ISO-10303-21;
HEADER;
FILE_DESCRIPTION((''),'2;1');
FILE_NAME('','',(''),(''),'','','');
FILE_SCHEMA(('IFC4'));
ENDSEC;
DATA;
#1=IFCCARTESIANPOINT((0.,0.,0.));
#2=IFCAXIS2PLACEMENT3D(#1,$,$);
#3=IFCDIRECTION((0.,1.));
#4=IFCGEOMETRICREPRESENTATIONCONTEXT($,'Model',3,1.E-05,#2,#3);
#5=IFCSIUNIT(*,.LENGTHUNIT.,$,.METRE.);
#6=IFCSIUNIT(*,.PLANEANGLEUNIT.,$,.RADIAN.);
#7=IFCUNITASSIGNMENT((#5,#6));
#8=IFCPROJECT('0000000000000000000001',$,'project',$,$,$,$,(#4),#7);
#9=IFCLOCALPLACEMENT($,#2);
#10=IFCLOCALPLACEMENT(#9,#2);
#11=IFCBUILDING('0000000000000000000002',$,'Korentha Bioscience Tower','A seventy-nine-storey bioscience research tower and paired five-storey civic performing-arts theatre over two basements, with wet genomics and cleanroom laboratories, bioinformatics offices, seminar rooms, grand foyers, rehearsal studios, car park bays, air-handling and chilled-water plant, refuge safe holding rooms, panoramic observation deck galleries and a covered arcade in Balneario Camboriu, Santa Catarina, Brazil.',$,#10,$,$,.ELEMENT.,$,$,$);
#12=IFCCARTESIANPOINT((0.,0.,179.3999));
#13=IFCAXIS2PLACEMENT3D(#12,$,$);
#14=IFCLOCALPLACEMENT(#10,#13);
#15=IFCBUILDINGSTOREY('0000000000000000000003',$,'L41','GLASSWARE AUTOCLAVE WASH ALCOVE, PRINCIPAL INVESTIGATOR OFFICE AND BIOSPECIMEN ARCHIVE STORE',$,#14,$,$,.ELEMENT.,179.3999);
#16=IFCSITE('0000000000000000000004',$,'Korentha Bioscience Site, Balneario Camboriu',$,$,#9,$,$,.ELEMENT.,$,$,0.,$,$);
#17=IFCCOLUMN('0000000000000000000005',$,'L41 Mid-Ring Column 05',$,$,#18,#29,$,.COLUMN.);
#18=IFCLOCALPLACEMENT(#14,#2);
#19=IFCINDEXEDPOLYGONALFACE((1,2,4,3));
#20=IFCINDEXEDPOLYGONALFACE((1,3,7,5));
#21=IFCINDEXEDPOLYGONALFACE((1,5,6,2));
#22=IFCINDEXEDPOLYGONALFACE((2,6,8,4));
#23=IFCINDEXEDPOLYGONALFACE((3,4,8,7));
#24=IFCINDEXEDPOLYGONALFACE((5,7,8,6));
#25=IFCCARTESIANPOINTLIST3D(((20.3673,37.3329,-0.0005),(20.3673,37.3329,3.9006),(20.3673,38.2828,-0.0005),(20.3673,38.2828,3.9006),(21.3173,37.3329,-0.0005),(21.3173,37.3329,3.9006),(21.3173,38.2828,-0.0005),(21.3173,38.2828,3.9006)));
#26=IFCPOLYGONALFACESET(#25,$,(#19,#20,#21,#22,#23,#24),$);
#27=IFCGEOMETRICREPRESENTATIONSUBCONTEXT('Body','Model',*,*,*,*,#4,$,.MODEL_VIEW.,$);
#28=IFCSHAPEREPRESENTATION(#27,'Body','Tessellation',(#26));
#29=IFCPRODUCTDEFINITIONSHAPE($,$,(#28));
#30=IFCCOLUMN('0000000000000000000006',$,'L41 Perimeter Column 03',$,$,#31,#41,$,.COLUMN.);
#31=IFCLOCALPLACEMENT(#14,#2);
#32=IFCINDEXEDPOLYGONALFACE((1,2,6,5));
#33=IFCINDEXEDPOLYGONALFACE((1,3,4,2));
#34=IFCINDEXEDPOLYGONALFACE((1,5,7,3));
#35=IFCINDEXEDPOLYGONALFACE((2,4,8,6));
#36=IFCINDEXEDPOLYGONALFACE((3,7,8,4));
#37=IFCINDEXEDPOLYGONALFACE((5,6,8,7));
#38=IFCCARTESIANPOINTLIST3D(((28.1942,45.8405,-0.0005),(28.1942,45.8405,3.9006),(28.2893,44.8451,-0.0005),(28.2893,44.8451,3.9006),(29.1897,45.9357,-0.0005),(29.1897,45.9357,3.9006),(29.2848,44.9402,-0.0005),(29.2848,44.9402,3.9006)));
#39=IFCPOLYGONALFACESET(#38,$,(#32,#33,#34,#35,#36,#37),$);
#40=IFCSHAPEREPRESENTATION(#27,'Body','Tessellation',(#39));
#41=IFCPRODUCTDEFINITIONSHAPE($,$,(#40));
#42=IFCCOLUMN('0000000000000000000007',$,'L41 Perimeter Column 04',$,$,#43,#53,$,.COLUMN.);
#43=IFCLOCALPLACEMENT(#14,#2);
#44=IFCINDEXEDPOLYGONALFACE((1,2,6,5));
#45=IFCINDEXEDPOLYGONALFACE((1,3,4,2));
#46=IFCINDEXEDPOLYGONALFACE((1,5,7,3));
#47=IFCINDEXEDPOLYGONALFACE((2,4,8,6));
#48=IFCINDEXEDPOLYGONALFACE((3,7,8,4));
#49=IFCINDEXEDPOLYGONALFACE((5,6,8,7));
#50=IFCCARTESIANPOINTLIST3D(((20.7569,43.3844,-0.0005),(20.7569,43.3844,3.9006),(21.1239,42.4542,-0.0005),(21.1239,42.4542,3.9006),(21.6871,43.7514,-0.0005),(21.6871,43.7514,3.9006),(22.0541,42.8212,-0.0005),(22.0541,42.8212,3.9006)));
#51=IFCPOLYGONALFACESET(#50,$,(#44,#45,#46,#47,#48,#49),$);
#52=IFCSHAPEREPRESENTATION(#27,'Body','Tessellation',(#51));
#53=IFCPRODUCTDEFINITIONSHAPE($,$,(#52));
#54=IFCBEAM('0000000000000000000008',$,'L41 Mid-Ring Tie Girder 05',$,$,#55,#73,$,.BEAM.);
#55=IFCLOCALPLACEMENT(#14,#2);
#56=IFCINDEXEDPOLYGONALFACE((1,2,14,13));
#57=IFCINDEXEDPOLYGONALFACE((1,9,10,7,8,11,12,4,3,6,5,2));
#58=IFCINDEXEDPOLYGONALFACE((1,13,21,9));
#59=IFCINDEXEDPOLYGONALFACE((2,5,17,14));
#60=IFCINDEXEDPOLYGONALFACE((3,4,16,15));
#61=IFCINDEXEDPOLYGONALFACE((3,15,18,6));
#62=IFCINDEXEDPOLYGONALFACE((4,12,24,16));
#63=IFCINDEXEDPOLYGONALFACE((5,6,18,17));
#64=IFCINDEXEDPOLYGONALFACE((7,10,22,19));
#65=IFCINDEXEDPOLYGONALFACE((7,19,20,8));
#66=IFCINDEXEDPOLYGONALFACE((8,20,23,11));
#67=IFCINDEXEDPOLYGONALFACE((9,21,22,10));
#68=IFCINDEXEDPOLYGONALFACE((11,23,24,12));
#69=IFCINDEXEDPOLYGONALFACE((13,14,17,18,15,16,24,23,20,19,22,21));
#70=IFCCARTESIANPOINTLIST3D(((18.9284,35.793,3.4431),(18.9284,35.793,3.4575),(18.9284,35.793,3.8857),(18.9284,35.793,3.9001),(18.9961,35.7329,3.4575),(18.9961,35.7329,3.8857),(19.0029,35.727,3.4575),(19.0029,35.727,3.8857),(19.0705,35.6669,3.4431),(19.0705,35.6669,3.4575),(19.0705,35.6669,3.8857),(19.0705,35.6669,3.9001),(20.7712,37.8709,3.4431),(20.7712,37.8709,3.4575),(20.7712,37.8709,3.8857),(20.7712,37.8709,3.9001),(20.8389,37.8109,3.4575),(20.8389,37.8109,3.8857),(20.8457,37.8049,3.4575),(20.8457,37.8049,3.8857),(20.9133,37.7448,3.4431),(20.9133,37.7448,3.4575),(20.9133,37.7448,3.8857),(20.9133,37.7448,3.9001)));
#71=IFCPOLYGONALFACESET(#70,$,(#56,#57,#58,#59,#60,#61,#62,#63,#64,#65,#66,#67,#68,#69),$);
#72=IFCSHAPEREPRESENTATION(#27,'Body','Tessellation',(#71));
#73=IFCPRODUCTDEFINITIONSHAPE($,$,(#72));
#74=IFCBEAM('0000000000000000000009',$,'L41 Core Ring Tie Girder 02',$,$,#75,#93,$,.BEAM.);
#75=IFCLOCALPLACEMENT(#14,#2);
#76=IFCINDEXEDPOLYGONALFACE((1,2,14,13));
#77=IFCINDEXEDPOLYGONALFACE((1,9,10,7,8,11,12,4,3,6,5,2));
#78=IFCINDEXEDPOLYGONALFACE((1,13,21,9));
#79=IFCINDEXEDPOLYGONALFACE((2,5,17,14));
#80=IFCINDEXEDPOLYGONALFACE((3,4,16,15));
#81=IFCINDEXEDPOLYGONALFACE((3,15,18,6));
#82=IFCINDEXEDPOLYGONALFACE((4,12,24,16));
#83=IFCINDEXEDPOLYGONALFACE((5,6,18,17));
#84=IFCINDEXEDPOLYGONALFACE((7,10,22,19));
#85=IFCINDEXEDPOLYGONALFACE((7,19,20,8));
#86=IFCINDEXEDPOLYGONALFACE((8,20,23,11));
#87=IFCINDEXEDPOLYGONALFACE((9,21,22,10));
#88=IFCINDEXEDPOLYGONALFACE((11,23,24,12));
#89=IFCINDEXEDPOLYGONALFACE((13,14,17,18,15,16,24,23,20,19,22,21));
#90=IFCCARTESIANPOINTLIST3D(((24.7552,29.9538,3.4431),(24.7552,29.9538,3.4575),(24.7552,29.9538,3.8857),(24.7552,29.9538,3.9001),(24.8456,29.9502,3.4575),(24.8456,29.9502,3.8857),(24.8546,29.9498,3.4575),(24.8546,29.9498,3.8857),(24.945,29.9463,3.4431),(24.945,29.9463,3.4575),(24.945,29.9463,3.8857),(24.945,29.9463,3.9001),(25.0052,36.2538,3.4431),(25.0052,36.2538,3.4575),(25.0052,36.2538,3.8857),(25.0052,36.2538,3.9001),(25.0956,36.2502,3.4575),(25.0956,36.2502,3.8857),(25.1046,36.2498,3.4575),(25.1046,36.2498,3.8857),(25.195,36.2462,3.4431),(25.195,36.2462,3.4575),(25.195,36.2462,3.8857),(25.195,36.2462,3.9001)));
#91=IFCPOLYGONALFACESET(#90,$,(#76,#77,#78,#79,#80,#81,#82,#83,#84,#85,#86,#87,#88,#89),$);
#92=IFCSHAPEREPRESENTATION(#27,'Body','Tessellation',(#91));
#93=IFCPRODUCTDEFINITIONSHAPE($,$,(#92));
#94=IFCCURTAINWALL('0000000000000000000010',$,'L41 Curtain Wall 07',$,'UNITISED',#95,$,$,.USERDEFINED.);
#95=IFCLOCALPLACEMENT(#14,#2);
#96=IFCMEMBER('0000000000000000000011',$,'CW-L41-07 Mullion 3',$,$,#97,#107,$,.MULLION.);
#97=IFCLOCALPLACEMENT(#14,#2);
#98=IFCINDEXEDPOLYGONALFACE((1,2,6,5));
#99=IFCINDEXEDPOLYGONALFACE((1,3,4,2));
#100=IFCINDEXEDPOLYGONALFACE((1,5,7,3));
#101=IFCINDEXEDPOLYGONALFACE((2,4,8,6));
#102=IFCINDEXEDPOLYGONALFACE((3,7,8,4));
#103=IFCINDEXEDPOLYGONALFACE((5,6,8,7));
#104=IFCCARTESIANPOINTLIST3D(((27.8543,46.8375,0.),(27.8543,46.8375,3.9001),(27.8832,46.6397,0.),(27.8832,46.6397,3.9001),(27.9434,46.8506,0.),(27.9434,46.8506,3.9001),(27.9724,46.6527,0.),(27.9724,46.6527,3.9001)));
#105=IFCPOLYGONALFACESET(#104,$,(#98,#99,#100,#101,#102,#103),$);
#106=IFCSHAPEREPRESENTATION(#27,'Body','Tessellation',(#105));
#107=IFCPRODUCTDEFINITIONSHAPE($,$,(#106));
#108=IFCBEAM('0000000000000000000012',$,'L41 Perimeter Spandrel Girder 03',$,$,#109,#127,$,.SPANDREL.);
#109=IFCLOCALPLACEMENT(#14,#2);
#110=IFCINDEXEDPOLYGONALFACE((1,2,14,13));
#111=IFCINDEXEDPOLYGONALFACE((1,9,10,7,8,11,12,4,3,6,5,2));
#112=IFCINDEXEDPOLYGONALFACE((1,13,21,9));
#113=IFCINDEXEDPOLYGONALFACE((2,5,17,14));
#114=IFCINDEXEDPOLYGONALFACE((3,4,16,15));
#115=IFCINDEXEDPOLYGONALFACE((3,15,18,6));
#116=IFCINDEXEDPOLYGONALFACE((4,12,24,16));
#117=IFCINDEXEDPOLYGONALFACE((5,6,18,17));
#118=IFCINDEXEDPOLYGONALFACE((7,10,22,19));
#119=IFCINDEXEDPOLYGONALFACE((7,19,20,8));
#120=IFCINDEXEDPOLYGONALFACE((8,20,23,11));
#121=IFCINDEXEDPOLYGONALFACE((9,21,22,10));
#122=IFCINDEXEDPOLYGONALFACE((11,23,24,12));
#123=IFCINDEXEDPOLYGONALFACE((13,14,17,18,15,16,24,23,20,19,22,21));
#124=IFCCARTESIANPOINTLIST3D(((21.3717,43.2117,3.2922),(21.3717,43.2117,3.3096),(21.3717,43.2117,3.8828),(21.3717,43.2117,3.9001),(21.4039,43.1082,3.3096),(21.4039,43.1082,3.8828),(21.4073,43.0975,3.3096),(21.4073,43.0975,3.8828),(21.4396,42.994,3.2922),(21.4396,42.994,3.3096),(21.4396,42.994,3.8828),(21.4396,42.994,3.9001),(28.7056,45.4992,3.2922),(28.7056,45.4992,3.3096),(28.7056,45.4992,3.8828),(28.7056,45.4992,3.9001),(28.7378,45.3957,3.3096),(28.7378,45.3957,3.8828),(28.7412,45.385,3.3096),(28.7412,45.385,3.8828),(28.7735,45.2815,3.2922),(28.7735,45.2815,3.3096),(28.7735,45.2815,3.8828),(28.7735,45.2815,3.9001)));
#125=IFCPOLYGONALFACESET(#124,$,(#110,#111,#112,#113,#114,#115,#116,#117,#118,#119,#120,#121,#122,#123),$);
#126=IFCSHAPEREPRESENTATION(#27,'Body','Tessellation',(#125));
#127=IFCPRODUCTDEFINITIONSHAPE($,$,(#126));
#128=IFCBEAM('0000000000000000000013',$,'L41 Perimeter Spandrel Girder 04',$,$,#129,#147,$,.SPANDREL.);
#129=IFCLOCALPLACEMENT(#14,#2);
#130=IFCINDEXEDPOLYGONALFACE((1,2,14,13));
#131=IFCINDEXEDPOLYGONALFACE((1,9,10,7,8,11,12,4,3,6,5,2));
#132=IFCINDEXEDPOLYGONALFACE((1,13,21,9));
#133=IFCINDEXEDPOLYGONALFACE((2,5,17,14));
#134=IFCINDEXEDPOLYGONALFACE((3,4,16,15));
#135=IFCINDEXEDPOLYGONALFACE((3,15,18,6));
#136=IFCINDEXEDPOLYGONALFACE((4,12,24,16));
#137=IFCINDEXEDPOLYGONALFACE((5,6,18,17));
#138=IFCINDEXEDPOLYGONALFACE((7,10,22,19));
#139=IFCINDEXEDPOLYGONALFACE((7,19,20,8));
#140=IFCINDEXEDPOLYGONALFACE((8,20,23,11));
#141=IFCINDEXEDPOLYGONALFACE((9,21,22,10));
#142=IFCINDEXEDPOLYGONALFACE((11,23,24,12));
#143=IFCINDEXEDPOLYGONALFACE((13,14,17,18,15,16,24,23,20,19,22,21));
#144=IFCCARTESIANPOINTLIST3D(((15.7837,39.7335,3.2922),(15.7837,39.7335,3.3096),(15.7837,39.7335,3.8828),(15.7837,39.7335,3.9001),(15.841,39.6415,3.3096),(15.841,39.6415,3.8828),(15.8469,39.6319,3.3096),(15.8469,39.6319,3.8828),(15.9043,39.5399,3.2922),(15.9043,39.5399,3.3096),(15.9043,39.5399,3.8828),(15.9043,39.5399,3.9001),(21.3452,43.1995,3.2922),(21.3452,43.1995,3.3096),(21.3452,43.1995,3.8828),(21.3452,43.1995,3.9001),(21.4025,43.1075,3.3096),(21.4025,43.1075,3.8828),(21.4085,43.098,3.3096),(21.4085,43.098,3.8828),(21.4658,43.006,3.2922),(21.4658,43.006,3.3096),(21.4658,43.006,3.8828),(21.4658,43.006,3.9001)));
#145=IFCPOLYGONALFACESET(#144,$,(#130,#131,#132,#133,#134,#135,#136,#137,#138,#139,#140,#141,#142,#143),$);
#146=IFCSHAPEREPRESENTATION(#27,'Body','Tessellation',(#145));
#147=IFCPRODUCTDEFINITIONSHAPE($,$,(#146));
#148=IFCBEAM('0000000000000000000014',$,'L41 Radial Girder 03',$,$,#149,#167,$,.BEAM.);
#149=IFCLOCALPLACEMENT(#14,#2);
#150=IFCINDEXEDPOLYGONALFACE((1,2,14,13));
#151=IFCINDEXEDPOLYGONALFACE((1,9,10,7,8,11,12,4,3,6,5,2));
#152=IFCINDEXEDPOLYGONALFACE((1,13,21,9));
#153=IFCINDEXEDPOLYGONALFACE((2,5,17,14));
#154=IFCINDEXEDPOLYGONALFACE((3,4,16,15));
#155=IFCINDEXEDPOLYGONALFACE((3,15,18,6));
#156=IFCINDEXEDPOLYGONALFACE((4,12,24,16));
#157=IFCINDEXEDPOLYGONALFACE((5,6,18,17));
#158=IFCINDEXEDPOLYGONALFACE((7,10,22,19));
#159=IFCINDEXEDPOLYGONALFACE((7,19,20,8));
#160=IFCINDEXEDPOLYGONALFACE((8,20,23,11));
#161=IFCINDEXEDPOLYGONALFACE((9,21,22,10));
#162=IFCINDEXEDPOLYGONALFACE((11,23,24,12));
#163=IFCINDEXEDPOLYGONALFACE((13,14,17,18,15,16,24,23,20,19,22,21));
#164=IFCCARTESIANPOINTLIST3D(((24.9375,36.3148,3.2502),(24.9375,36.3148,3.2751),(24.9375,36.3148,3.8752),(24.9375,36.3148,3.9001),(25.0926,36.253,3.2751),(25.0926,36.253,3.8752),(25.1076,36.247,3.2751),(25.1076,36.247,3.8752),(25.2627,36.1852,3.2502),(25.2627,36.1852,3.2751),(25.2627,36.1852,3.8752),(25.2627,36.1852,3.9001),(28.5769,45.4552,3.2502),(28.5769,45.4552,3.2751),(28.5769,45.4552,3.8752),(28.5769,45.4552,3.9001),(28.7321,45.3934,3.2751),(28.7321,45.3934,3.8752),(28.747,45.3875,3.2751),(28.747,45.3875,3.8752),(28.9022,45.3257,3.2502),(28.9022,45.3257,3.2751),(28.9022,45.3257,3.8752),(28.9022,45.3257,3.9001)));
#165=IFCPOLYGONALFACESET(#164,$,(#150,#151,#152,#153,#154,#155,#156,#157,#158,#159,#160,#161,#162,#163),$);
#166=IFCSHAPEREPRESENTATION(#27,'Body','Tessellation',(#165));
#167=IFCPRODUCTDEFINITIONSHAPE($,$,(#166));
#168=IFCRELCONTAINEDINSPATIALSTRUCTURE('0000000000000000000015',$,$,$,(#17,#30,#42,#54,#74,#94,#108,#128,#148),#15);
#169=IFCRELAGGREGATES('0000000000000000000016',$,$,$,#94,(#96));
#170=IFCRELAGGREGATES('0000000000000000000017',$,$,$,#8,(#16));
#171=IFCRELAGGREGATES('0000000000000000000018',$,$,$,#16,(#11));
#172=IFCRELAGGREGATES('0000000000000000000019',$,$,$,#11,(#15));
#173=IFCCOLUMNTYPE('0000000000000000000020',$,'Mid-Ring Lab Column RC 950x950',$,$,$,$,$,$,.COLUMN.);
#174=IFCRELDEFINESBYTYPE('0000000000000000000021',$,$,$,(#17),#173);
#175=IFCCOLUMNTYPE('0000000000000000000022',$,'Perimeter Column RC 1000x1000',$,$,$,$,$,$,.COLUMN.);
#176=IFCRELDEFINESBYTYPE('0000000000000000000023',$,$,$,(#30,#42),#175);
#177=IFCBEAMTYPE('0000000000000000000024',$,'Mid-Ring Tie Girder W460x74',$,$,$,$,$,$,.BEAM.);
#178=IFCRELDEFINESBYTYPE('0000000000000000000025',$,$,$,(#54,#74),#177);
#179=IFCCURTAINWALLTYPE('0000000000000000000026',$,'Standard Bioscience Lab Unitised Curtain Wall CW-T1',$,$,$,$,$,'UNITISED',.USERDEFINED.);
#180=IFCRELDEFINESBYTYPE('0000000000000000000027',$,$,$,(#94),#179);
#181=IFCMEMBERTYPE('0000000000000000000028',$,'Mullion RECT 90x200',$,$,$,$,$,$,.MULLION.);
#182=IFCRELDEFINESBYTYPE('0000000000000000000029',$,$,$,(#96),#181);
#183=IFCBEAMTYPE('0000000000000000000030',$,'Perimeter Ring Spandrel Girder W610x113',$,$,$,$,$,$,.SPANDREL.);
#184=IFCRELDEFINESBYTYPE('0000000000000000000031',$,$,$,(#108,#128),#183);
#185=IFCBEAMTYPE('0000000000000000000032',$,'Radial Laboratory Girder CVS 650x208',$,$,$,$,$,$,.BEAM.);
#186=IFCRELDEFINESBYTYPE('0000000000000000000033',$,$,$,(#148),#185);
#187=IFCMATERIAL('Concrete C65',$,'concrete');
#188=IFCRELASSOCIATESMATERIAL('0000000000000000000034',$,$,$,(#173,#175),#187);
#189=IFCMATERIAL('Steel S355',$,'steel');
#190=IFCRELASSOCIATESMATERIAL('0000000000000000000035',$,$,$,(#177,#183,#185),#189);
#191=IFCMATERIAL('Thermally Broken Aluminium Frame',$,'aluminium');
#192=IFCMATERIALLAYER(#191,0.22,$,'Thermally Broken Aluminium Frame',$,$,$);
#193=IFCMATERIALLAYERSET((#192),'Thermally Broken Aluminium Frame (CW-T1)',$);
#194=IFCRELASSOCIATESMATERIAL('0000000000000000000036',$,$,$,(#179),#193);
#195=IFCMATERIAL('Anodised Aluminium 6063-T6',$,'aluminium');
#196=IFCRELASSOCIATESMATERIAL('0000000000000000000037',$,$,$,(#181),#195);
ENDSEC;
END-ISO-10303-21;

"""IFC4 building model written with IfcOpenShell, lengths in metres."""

from ifc_helpers import new_model, si_unit, direction, frame, origin, origin_2d, place, context, subcontext, project, spatial, rectangle, i_section, extrude, material, layer, layer_set, material_profile, profile_set, type_object, element, aggregate, save


model = new_model("IFC4")

# Units and contexts
model_context = context("Model", 3, precision=1e-05, world=origin(), true_north=direction((0.0, 1.0)))
body_context = subcontext(model_context, "Body", "Model", "MODEL_VIEW")
ifc_project = project(units=[si_unit("LENGTHUNIT", "METRE"), si_unit("PLANEANGLEUNIT", "RADIAN")], contexts=[model_context])

# Site, building, storey
site_placement = place(None, origin())
site = spatial("IfcSite", under=ifc_project, at=site_placement, Name="Korentha Bioscience Site, Balneario Camboriu", CompositionType="ELEMENT", RefElevation=0.0)
building_placement = place(site_placement, origin())
building = spatial("IfcBuilding", under=site, at=building_placement, Name="Korentha Bioscience Tower", Description="A seventy-nine-storey bioscience research tower and paired five-storey civic performing-arts theatre over two basements, with wet genomics and cleanroom laboratories, bioinformatics offices, seminar rooms, grand foyers, rehearsal studios, car park bays, air-handling and chilled-water plant, refuge safe holding rooms, panoramic observation deck galleries and a covered arcade in Balneario Camboriu, Santa Catarina, Brazil.", CompositionType="ELEMENT")
storey_placement = place(building_placement, frame((0.0, 0.0, 179.3999)))
storey = spatial("IfcBuildingStorey", under=building, at=storey_placement, Name="L41", Description="GLASSWARE AUTOCLAVE WASH ALCOVE, PRINCIPAL INVESTIGATOR OFFICE AND BIOSPECIMEN ARCHIVE STORE", CompositionType="ELEMENT", Elevation=179.3999)

# Columns
ifc_material_1 = material(Name="Concrete C65", Category="concrete")
ifc_material_profile_1 = material_profile(ifc_material_1, rectangle(XDim=0.95, YDim=0.95, at=origin_2d()), Name="Concrete C65")
ifc_profile_set_1 = profile_set([ifc_material_profile_1], Name="Concrete C65 (COL-MR09)")
column_type_1 = type_object("IfcColumnType", Name="Mid-Ring Lab Column RC 950x950", PredefinedType="COLUMN", material=ifc_profile_set_1)
column_placement = place(storey_placement, frame((20.8423, 37.8079, -0.0005), z_axis=(0.0, 0.0, 1.0), x_axis=(1.0, 0.0, 0.0)))
element("IfcColumn", 1, at=column_placement, inside=storey, type_object=column_type_1, Name="L41 Mid-Ring Column 05", PredefinedType="COLUMN", context=body_context, shape_type="SweptSolid", body=[
    extrude(rectangle(XDim=0.95, YDim=0.95, at=origin_2d()), origin(), (0.0, 0.0, 1.0), 3.9011),
])
ifc_material_profile_2 = material_profile(ifc_material_1, rectangle(XDim=1.0, YDim=1.0, at=origin_2d()), Name="Concrete C65")
ifc_profile_set_2 = profile_set([ifc_material_profile_2], Name="Concrete C65 (COL-P10)")
column_type_2 = type_object("IfcColumnType", Name="Perimeter Column RC 1000x1000", PredefinedType="COLUMN", material=ifc_profile_set_2)
for number, where, z_axis, x_axis, name in (
    (2, (28.7395, 45.3904, -0.0005), (0.0, 0.0, 1.0), (0.995463, 0.095151, 0.0), "L41 Perimeter Column 03"),
    (3, (21.4055, 43.1028, -0.0005), (0.0, 0.0, 1.0), (0.930226, 0.366988, 0.0), "L41 Perimeter Column 04"),
):
    element("IfcColumn", number, at=place(storey_placement, frame(where, z_axis=z_axis, x_axis=x_axis)), inside=storey, type_object=column_type_2, Name=name, PredefinedType="COLUMN", context=body_context, shape_type="SweptSolid", body=[
        extrude(rectangle(XDim=1.0, YDim=1.0, at=origin_2d()), origin(), (0.0, 0.0, 1.0), 3.9011),
    ])

# Beams
ifc_material_2 = material(Name="Steel S355", Category="steel")
ifc_material_profile_3 = material_profile(ifc_material_2, i_section(OverallWidth=0.1899, OverallDepth=0.457, WebThickness=0.009, FlangeThickness=0.0144, at=origin_2d()), Name="Steel S355")
ifc_profile_set_3 = profile_set([ifc_material_profile_3], Name="Steel S355 (MB-460)")
beam_type_1 = type_object("IfcBeamType", Name="Mid-Ring Tie Girder W460x74", PredefinedType="BEAM", material=ifc_profile_set_3)
beam_1_placement = place(storey_placement, frame((20.8423, 37.8079, 3.6716), z_axis=(-0.663512, -0.748165, 0.0), x_axis=(0.748165, -0.663512, 0.0)))
element("IfcBeam", 4, at=beam_1_placement, inside=storey, type_object=beam_type_1, Name="L41 Mid-Ring Tie Girder 05", PredefinedType="BEAM", context=body_context, shape_type="SweptSolid", body=[
    extrude(i_section(OverallWidth=0.1899, OverallDepth=0.457, WebThickness=0.009, FlangeThickness=0.0144, at=origin_2d()), origin(), (0.0, 0.0, 1.0), 2.7773),
])
beam_2_placement = place(storey_placement, frame((25.1001, 36.25, 3.6716), z_axis=(-0.039651, -0.999214, 0.0), x_axis=(0.999214, -0.039651, 0.0)))
element("IfcBeam", 5, at=beam_2_placement, inside=storey, type_object=beam_type_1, Name="L41 Core Ring Tie Girder 02", PredefinedType="BEAM", context=body_context, shape_type="SweptSolid", body=[
    extrude(i_section(OverallWidth=0.1899, OverallDepth=0.457, WebThickness=0.009, FlangeThickness=0.0144, at=origin_2d()), origin(), (0.0, 0.0, 1.0), 6.3049),
])

# Curtain wall, member
ifc_material_3 = material(Name="Thermally Broken Aluminium Frame", Category="aluminium")
ifc_layer_1 = layer(ifc_material_3, 0.22, Name="Thermally Broken Aluminium Frame")
ifc_layer_set_1 = layer_set([ifc_layer_1], Name="Thermally Broken Aluminium Frame (CW-T1)")
curtain_wall_type = type_object("IfcCurtainWallType", Name="Standard Bioscience Lab Unitised Curtain Wall CW-T1", ElementType="UNITISED", PredefinedType="USERDEFINED", material=ifc_layer_set_1)
curtain_wall_placement = place(storey_placement, origin())
curtain_wall = element("IfcCurtainWall", 6, at=curtain_wall_placement, inside=storey, type_object=curtain_wall_type, Name="L41 Curtain Wall 07", ObjectType="UNITISED", PredefinedType="USERDEFINED")
ifc_material_4 = material(Name="Anodised Aluminium 6063-T6", Category="aluminium")
ifc_material_profile_4 = material_profile(ifc_material_4, rectangle(XDim=0.0901, YDim=0.2, at=origin_2d()), Name="Anodised Aluminium 6063-T6")
ifc_profile_set_4 = profile_set([ifc_material_profile_4], Name="Anodised Aluminium 6063-T6 (CW-MUL)")
member_type = type_object("IfcMemberType", Name="Mullion RECT 90x200", PredefinedType="MULLION", material=ifc_profile_set_4)
member_placement = place(storey_placement, frame((27.9133, 46.7451, 0.0), z_axis=(0.0, 0.0, 1.0), x_axis=(-0.989462, -0.144793, 0.0)))
member = element("IfcMember", 7, at=member_placement, type_object=member_type, Name="CW-L41-07 Mullion 3", PredefinedType="MULLION", context=body_context, shape_type="SweptSolid", body=[
    extrude(rectangle(XDim=0.0901, YDim=0.2, at=origin_2d()), origin(), (0.0, 0.0, 1.0), 3.9001),
])

# Beams
ifc_material_profile_5 = material_profile(ifc_material_2, i_section(OverallWidth=0.228, OverallDepth=0.6079, WebThickness=0.0112, FlangeThickness=0.0173, at=origin_2d()), Name="Steel S355")
ifc_profile_set_5 = profile_set([ifc_material_profile_5], Name="Steel S355 (SB-610)")
beam_type_2 = type_object("IfcBeamType", Name="Perimeter Ring Spandrel Girder W610x113", PredefinedType="SPANDREL", material=ifc_profile_set_5)
beam_3_placement = place(storey_placement, frame((28.7395, 45.3904, 3.5962), z_axis=(-0.954638, -0.297768, 0.0), x_axis=(0.297768, -0.954638, 0.0)))
element("IfcBeam", 8, at=beam_3_placement, inside=storey, type_object=beam_type_2, Name="L41 Perimeter Spandrel Girder 03", PredefinedType="SPANDREL", context=body_context, shape_type="SweptSolid", body=[
    extrude(i_section(OverallWidth=0.228, OverallDepth=0.6079, WebThickness=0.0112, FlangeThickness=0.0173, at=origin_2d()), origin(), (0.0, 0.0, 1.0), 7.6824),
])
beam_4_placement = place(storey_placement, frame((21.4055, 43.1028, 3.5962), z_axis=(-0.848676, -0.528913, 0.0), x_axis=(0.528913, -0.848676, 0.0)))
element("IfcBeam", 9, at=beam_4_placement, inside=storey, type_object=beam_type_2, Name="L41 Perimeter Spandrel Girder 04", PredefinedType="SPANDREL", context=body_context, shape_type="SweptSolid", body=[
    extrude(i_section(OverallWidth=0.228, OverallDepth=0.6079, WebThickness=0.0112, FlangeThickness=0.0173, at=origin_2d()), origin(), (0.0, 0.0, 1.0), 6.5532),
])
ifc_material_profile_6 = material_profile(ifc_material_2, i_section(OverallWidth=0.3501, OverallDepth=0.6499, WebThickness=0.0161, FlangeThickness=0.0249, at=origin_2d()), Name="Steel S355")
ifc_profile_set_6 = profile_set([ifc_material_profile_6], Name="Steel S355 (RB-650)")
beam_type_3 = type_object("IfcBeamType", Name="Radial Laboratory Girder CVS 650x208", PredefinedType="BEAM", material=ifc_profile_set_6)
beam_5_placement = place(storey_placement, frame((25.1001, 36.25, 3.5752), z_axis=(0.369923, 0.929063, 0.0), x_axis=(-0.929063, 0.369923, 0.0)))
element("IfcBeam", 10, at=beam_5_placement, inside=storey, type_object=beam_type_3, Name="L41 Radial Girder 03", PredefinedType="BEAM", context=body_context, shape_type="SweptSolid", body=[
    extrude(i_section(OverallWidth=0.3501, OverallDepth=0.6499, WebThickness=0.0161, FlangeThickness=0.0249, at=origin_2d()), origin(), (0.0, 0.0, 1.0), 9.8384),
])

aggregate(curtain_wall, [member])

save(model, "model.ifc")
